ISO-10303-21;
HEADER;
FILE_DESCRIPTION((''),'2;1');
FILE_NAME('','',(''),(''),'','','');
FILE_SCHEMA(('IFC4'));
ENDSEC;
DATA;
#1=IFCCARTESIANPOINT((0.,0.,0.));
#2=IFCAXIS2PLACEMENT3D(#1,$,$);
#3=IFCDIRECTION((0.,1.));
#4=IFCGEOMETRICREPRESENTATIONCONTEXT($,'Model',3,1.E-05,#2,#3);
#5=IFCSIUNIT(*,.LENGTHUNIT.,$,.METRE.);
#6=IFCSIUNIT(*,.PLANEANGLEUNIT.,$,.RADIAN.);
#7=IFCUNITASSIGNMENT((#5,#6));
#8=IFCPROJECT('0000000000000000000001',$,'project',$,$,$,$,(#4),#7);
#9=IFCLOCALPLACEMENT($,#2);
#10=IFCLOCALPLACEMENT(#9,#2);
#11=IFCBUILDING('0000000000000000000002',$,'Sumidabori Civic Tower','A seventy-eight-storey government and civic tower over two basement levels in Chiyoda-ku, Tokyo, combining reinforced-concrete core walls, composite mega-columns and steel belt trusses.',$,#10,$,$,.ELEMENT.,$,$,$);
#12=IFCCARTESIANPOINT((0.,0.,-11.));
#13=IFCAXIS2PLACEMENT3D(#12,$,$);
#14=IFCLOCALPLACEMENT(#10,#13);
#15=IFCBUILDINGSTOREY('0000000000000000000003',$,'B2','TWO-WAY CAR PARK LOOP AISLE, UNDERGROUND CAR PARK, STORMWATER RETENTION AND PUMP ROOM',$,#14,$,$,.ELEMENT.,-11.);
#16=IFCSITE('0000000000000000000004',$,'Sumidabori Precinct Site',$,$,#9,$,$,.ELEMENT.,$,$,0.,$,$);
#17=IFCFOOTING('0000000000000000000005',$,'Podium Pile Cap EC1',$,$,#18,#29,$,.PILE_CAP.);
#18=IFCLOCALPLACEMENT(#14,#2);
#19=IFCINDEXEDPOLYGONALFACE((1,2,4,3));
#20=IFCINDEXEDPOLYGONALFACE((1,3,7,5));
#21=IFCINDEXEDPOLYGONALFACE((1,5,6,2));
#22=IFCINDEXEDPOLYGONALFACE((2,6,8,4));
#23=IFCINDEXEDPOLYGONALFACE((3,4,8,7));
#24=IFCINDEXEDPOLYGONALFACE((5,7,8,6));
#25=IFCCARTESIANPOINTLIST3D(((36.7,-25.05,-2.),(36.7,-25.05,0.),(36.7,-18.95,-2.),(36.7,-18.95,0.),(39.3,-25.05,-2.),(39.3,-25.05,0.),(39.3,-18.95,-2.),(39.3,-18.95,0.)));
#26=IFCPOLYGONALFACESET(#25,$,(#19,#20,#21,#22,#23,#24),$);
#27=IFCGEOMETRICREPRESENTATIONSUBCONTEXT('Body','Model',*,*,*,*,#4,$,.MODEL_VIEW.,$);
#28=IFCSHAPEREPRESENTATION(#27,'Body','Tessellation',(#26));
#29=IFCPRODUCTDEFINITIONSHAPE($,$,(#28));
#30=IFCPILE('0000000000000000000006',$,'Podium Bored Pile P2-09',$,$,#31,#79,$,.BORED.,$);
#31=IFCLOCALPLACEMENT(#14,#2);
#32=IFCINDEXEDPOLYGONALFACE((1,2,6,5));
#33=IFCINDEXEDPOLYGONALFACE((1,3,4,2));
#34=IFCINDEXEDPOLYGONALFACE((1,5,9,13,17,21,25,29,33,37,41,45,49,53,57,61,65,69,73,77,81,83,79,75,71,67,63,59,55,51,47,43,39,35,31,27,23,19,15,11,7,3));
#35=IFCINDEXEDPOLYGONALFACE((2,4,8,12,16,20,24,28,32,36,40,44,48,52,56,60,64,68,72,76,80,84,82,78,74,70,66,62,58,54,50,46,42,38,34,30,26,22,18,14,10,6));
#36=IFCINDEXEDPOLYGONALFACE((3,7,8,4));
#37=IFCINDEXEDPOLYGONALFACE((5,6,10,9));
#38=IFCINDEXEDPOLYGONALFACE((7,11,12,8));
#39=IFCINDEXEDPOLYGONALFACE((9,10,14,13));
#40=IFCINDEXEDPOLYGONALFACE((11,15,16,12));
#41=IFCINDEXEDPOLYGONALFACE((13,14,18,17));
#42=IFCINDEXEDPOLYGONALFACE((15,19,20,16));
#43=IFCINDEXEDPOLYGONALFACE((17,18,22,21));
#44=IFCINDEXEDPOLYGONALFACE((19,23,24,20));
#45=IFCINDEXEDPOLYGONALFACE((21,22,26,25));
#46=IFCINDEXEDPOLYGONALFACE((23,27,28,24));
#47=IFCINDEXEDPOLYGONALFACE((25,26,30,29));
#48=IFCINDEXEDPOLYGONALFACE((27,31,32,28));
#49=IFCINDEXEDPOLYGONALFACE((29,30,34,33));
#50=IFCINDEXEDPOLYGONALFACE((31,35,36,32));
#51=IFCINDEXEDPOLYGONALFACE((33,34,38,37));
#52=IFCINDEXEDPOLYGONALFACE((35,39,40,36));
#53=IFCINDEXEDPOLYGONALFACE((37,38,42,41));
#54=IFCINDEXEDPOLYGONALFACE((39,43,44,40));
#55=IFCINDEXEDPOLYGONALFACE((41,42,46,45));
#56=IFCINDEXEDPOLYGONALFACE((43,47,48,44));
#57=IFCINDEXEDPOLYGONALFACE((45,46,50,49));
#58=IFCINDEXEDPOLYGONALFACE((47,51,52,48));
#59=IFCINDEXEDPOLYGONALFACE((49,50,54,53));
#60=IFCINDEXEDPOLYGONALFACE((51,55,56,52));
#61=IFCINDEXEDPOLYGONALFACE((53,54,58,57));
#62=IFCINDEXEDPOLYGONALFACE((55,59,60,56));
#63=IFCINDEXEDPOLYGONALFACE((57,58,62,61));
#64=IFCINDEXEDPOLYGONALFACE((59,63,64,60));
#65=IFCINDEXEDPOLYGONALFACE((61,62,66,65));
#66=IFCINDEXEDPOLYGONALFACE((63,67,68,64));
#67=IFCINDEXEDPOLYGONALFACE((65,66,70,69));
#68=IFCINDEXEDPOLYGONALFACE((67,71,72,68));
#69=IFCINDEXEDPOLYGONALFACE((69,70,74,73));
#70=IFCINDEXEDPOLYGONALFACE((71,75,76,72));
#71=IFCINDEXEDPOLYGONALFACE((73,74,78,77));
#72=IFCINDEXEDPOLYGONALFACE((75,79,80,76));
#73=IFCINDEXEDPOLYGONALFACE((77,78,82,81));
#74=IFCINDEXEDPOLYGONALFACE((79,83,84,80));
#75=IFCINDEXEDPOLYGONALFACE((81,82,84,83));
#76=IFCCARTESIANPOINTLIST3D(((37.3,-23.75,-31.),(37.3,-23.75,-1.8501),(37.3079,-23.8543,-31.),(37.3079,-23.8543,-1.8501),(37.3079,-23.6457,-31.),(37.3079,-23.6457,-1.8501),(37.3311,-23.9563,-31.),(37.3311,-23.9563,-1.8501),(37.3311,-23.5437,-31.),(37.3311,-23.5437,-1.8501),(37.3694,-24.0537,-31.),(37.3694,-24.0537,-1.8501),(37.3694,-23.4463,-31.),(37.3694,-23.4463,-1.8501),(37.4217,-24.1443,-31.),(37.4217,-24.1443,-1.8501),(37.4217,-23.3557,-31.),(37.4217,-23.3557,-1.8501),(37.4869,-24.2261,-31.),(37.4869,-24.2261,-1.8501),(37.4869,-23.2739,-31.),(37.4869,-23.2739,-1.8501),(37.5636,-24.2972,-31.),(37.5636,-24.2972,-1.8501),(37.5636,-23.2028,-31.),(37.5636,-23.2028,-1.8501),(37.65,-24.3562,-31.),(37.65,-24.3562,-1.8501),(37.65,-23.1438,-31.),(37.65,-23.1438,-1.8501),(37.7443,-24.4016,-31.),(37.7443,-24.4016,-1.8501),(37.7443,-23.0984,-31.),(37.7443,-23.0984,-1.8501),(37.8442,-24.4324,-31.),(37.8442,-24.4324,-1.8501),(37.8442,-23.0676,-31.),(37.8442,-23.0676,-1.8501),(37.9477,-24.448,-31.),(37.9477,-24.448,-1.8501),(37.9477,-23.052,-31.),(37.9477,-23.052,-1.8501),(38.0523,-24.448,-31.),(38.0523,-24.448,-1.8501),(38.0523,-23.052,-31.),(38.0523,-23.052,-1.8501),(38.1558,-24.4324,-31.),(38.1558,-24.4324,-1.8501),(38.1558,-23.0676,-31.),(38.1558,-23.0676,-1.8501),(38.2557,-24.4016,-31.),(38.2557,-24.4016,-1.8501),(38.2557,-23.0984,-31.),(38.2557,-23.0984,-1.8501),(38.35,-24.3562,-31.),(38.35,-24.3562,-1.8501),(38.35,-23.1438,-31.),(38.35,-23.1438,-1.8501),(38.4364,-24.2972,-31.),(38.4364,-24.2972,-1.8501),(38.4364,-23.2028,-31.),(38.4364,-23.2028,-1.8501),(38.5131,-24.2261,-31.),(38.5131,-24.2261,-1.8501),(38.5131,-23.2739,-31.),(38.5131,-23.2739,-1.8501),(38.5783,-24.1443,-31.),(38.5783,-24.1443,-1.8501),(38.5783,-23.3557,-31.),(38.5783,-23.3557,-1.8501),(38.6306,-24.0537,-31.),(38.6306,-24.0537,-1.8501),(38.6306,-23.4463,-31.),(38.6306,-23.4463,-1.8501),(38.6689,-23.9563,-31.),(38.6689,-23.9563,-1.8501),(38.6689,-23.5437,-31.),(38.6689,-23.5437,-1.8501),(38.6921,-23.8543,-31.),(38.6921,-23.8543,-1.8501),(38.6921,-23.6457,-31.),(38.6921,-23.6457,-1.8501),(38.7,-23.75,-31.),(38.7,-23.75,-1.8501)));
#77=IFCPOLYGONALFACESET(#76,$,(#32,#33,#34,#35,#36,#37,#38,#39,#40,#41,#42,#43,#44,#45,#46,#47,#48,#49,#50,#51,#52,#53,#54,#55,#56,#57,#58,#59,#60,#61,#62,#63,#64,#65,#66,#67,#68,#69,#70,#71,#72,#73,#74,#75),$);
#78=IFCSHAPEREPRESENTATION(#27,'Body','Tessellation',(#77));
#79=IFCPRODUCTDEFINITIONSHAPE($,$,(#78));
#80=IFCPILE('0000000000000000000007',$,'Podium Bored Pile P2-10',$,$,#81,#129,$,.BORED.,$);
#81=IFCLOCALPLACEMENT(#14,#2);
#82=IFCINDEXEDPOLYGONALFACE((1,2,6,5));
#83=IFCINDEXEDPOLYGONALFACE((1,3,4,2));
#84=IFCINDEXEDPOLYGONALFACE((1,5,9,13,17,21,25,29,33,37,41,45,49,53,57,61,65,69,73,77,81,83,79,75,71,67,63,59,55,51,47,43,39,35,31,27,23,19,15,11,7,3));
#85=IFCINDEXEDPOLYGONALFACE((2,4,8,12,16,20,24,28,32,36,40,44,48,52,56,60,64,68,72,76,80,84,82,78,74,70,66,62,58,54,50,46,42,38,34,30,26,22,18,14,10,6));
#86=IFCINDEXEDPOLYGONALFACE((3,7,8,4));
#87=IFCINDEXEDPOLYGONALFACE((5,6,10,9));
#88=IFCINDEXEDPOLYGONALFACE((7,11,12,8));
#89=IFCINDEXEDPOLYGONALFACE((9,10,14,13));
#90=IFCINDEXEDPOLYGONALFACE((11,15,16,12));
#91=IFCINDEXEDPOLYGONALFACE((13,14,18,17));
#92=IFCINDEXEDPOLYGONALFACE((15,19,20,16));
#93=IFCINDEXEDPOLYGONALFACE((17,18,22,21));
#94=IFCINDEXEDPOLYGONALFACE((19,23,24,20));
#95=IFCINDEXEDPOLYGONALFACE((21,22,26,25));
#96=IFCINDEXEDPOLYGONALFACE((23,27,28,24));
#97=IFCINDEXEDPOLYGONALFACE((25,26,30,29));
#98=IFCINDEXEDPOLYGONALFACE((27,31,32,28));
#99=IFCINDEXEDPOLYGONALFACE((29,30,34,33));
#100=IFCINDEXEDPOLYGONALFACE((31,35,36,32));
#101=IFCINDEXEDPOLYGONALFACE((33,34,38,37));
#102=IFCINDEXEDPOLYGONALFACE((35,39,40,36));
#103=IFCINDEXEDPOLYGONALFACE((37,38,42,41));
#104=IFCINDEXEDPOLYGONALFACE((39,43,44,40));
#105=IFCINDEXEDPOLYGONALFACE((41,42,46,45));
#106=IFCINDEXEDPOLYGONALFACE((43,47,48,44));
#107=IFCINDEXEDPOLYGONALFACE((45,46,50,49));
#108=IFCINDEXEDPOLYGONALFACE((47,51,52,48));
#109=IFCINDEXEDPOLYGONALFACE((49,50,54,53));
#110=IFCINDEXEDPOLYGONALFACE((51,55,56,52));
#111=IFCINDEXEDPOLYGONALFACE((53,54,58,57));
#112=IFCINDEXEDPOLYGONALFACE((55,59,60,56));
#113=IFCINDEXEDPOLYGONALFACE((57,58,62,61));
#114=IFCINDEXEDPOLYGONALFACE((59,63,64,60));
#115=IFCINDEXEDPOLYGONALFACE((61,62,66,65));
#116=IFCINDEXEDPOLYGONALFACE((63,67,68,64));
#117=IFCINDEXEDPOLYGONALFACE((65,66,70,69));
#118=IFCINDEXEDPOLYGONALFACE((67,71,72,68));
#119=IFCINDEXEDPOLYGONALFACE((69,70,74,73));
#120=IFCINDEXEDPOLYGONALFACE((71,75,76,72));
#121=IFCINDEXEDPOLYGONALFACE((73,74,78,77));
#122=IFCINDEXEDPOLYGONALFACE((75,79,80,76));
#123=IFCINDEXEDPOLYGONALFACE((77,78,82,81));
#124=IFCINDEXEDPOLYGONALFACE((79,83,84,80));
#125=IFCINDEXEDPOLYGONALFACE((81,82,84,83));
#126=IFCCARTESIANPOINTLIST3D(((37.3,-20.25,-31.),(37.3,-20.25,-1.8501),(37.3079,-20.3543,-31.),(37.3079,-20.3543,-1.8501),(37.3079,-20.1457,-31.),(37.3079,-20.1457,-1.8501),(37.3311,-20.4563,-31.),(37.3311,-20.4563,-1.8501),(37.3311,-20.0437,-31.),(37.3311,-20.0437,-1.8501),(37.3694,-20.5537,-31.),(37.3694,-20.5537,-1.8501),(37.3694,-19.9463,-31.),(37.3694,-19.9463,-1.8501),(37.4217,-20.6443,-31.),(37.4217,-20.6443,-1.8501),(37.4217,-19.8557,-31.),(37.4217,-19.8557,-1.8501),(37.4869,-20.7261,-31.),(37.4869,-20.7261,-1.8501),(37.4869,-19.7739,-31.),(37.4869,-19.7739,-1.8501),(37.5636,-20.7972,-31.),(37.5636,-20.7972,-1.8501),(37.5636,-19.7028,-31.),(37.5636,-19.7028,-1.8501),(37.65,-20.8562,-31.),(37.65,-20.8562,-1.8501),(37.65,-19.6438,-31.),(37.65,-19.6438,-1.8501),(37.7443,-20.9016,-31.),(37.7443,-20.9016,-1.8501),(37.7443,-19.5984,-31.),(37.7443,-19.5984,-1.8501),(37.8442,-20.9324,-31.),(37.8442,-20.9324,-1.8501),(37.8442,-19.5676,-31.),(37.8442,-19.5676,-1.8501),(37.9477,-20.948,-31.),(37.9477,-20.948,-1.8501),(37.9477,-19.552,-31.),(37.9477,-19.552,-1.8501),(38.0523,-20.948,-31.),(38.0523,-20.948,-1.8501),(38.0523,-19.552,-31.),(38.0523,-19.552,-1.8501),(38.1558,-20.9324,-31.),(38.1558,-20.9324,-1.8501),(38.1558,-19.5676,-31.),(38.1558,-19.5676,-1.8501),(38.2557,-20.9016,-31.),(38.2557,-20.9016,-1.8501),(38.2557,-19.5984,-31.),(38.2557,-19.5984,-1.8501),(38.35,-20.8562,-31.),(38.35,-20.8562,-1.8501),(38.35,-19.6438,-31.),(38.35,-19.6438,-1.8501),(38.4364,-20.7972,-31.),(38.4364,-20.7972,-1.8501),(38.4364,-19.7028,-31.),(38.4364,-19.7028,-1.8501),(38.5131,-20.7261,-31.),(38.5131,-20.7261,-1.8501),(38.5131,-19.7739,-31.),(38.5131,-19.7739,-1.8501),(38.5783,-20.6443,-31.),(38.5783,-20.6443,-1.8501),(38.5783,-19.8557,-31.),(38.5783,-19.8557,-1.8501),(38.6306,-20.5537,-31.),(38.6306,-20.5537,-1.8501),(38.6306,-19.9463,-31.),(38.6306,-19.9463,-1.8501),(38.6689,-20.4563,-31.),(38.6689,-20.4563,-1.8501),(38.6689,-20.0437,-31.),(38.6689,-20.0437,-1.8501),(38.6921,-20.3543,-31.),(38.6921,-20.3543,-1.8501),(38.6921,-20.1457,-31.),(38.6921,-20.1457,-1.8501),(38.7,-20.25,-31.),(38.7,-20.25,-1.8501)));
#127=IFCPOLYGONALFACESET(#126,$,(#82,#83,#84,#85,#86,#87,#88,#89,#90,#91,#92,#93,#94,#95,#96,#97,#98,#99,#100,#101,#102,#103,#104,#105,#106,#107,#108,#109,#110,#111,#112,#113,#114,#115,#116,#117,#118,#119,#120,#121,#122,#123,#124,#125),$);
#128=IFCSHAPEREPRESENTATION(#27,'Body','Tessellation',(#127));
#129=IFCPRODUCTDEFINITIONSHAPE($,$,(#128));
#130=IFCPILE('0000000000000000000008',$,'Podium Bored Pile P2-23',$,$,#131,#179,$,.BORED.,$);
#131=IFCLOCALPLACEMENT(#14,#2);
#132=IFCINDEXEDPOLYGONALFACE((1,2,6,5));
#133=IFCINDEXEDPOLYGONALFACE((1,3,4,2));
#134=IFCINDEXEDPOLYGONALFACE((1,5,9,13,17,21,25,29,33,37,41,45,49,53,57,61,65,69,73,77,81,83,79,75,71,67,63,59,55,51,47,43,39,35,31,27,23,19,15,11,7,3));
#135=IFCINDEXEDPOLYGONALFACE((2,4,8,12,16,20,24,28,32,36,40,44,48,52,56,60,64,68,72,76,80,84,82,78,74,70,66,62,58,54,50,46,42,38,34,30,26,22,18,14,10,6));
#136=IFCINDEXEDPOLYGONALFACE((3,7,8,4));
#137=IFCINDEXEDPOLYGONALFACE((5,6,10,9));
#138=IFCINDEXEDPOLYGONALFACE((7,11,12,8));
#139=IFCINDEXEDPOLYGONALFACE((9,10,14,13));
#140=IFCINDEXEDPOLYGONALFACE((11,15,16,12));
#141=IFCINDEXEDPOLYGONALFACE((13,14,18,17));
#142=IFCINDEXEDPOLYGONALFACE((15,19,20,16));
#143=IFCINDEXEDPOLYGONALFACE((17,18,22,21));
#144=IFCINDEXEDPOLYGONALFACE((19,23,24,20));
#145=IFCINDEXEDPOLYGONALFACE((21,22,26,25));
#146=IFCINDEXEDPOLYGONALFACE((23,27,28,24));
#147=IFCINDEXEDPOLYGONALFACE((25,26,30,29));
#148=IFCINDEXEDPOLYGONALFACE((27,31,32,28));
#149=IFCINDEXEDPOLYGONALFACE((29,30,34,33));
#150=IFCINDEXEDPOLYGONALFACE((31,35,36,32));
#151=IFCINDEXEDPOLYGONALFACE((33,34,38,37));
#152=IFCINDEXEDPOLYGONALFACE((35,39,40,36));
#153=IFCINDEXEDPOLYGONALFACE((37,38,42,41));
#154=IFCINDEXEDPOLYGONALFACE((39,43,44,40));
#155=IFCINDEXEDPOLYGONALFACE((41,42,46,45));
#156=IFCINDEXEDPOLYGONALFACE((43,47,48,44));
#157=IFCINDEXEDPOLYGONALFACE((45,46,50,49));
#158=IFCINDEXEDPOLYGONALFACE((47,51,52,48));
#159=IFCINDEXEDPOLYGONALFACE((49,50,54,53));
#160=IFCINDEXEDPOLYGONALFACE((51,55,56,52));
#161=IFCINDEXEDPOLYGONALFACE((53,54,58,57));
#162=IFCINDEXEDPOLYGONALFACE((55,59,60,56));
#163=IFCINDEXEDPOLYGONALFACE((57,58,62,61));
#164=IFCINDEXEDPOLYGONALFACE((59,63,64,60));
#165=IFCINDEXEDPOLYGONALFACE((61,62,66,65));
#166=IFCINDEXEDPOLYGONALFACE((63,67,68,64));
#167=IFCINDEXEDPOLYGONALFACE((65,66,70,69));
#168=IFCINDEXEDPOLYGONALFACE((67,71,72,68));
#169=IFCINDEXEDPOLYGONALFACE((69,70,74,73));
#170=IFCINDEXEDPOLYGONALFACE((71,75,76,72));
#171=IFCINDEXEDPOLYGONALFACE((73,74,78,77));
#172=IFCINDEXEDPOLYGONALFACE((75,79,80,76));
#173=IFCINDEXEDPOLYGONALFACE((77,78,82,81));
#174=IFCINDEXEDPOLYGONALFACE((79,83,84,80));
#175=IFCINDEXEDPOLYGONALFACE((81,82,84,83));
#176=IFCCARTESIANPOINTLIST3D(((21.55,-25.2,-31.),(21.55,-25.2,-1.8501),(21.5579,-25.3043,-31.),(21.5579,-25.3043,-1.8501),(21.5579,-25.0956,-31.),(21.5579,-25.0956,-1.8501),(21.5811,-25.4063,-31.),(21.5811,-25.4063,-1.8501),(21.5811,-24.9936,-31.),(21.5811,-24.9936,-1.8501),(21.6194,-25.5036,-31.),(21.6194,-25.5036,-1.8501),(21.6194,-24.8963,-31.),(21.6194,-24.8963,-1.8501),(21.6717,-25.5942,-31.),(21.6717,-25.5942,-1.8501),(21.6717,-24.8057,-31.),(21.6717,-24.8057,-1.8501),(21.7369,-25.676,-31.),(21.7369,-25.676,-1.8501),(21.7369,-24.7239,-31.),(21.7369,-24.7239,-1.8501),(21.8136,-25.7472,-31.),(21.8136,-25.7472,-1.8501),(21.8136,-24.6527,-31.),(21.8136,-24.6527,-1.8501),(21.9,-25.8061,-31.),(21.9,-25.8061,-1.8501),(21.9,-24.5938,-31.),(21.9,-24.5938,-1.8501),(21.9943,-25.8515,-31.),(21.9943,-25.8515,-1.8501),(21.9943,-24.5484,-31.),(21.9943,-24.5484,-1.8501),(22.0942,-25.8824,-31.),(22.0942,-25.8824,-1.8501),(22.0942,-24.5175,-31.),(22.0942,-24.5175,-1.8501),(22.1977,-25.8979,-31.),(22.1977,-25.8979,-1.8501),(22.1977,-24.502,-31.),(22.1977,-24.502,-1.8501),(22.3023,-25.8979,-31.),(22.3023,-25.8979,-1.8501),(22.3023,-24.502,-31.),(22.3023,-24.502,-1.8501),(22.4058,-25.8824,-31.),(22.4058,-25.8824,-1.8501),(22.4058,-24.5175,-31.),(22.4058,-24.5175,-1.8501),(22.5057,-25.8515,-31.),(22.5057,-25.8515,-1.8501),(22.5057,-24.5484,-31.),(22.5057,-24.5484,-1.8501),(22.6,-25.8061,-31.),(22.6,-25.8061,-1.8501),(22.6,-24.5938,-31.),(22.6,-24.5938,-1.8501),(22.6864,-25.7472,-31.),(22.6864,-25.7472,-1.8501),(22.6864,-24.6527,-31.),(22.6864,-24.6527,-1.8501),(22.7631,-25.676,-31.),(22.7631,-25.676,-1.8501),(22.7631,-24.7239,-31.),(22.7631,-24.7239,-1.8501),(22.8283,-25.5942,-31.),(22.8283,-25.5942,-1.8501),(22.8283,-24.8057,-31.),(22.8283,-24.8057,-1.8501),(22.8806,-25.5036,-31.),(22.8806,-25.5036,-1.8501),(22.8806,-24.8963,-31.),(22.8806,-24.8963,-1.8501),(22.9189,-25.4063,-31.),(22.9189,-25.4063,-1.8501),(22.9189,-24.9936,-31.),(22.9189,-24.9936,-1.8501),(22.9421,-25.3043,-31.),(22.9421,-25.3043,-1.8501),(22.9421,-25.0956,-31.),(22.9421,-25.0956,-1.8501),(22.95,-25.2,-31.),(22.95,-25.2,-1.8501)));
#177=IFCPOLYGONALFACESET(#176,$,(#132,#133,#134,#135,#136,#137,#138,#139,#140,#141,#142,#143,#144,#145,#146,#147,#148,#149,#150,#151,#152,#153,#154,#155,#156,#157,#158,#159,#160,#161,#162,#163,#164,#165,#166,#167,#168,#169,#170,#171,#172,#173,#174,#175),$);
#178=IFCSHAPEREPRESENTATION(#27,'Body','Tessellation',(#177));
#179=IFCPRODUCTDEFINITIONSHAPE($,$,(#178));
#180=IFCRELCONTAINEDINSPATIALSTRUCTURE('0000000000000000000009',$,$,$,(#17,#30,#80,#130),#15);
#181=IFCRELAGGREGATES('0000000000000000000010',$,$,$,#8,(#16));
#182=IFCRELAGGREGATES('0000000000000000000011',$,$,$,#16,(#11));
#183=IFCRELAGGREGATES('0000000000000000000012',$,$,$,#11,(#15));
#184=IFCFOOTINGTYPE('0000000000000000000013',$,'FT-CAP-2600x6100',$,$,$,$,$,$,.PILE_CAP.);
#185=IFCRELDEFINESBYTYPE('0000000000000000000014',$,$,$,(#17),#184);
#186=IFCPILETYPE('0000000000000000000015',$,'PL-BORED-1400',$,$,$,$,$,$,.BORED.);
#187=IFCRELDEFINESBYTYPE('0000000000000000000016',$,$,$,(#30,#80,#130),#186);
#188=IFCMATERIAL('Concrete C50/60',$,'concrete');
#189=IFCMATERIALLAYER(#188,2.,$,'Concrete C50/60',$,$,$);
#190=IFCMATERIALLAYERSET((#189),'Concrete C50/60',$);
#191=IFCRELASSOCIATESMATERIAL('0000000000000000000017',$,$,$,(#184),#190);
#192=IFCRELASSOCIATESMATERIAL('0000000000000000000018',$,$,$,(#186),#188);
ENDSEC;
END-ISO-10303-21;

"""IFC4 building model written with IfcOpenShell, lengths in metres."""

from ifc_helpers import new_model, si_unit, direction, frame, origin, origin_2d, place, context, subcontext, project, spatial, rectangle, circle, extrude, source, transform, mapped, material, layer, layer_set, material_profile, profile_set, type_object, element, save


model = new_model("IFC4")

# Units and contexts
model_context = context("Model", 3, precision=1e-05, world=origin(), true_north=direction((0.0, 1.0)))
body_context = subcontext(model_context, "Body", "Model", "MODEL_VIEW")
ifc_project = project(units=[si_unit("LENGTHUNIT", "METRE"), si_unit("PLANEANGLEUNIT", "RADIAN")], contexts=[model_context])

# Site, building, storey
site_placement = place(None, origin())
site = spatial("IfcSite", under=ifc_project, at=site_placement, Name="Sumidabori Precinct Site", CompositionType="ELEMENT", RefElevation=0.0)
building_placement = place(site_placement, origin())
building = spatial("IfcBuilding", under=site, at=building_placement, Name="Sumidabori Civic Tower", Description="A seventy-eight-storey government and civic tower over two basement levels in Chiyoda-ku, Tokyo, combining reinforced-concrete core walls, composite mega-columns and steel belt trusses.", CompositionType="ELEMENT")
storey_placement = place(building_placement, frame((0.0, 0.0, -11.0)))
storey = spatial("IfcBuildingStorey", under=building, at=storey_placement, Name="B2", Description="TWO-WAY CAR PARK LOOP AISLE, UNDERGROUND CAR PARK, STORMWATER RETENTION AND PUMP ROOM", CompositionType="ELEMENT", Elevation=-11.0)

# Footing
ifc_material_1 = material(Name="Concrete C50/60", Category="concrete")
ifc_layer_1 = layer(ifc_material_1, 2.0, Name="Concrete C50/60")
ifc_layer_set_1 = layer_set([ifc_layer_1], Name="Concrete C50/60")
footing_type_1 = type_object("IfcFootingType", Name="FT-CAP-2600x6100", PredefinedType="PILE_CAP", material=ifc_layer_set_1)
shared_shape_1 = source(origin(), body_context, "Body", "SweptSolid", [
    extrude(rectangle(XDim=2.6001, YDim=6.1001, at=origin_2d()), origin(), (0.0, 0.0, 1.0), 2.0),
])
footing_1_placement = place(storey_placement, frame((38.0, -22.0, -2.0), z_axis=(0.0, 0.0, 1.0), x_axis=(1.0, 0.0, 0.0)))
element("IfcFooting", 1, at=footing_1_placement, inside=storey, type_object=footing_type_1, Name="Podium Pile Cap EC1", PredefinedType="PILE_CAP", context=body_context, shape_type="MappedRepresentation", body=[
    mapped(shared_shape_1, transform((0.0, 0.0, 0.0), x_axis=(1.0, 0.0, 0.0), y_axis=(0.0, 1.0, 0.0), z_axis=(0.0, 0.0, 1.0), scale=1.0)),
])

# Piles
ifc_material_profile_1 = material_profile(ifc_material_1, circle(Radius=0.7, at=origin_2d()), Name="BORED PILE 1400")
ifc_profile_set_1 = profile_set([ifc_material_profile_1], Name="Concrete C50/60")
pile_type = type_object("IfcPileType", Name="PL-BORED-1400", PredefinedType="BORED", material=ifc_profile_set_1)
shared_shape_2 = source(origin(), body_context, "Body", "SweptSolid", [
    extrude(circle(Radius=0.7, at=origin_2d()), origin(), (0.0, 0.0, 1.0), 29.1499),
])
for number, where, z_axis, x_axis, name in (
    (2, (38.0, -23.75, -1.8501), (0.0, 0.0, -1.0), (1.0, 0.0, 0.0), "Podium Bored Pile P2-09"),
    (3, (38.0, -20.25, -1.8501), (0.0, 0.0, -1.0), (1.0, 0.0, 0.0), "Podium Bored Pile P2-10"),
    (4, (22.25, -25.2, -1.8501), (0.0, 0.0, -1.0), (1.0, 0.0, 0.0), "Podium Bored Pile P2-23"),
):
    element("IfcPile", number, at=place(storey_placement, frame(where, z_axis=z_axis, x_axis=x_axis)), inside=storey, type_object=pile_type, Name=name, PredefinedType="BORED", context=body_context, shape_type="MappedRepresentation", body=[
        mapped(shared_shape_2, transform((0.0, 0.0, 0.0), x_axis=(1.0, 0.0, 0.0), y_axis=(0.0, 1.0, 0.0), z_axis=(0.0, 0.0, 1.0), scale=1.0)),
    ])

save(model, "model.ifc")
